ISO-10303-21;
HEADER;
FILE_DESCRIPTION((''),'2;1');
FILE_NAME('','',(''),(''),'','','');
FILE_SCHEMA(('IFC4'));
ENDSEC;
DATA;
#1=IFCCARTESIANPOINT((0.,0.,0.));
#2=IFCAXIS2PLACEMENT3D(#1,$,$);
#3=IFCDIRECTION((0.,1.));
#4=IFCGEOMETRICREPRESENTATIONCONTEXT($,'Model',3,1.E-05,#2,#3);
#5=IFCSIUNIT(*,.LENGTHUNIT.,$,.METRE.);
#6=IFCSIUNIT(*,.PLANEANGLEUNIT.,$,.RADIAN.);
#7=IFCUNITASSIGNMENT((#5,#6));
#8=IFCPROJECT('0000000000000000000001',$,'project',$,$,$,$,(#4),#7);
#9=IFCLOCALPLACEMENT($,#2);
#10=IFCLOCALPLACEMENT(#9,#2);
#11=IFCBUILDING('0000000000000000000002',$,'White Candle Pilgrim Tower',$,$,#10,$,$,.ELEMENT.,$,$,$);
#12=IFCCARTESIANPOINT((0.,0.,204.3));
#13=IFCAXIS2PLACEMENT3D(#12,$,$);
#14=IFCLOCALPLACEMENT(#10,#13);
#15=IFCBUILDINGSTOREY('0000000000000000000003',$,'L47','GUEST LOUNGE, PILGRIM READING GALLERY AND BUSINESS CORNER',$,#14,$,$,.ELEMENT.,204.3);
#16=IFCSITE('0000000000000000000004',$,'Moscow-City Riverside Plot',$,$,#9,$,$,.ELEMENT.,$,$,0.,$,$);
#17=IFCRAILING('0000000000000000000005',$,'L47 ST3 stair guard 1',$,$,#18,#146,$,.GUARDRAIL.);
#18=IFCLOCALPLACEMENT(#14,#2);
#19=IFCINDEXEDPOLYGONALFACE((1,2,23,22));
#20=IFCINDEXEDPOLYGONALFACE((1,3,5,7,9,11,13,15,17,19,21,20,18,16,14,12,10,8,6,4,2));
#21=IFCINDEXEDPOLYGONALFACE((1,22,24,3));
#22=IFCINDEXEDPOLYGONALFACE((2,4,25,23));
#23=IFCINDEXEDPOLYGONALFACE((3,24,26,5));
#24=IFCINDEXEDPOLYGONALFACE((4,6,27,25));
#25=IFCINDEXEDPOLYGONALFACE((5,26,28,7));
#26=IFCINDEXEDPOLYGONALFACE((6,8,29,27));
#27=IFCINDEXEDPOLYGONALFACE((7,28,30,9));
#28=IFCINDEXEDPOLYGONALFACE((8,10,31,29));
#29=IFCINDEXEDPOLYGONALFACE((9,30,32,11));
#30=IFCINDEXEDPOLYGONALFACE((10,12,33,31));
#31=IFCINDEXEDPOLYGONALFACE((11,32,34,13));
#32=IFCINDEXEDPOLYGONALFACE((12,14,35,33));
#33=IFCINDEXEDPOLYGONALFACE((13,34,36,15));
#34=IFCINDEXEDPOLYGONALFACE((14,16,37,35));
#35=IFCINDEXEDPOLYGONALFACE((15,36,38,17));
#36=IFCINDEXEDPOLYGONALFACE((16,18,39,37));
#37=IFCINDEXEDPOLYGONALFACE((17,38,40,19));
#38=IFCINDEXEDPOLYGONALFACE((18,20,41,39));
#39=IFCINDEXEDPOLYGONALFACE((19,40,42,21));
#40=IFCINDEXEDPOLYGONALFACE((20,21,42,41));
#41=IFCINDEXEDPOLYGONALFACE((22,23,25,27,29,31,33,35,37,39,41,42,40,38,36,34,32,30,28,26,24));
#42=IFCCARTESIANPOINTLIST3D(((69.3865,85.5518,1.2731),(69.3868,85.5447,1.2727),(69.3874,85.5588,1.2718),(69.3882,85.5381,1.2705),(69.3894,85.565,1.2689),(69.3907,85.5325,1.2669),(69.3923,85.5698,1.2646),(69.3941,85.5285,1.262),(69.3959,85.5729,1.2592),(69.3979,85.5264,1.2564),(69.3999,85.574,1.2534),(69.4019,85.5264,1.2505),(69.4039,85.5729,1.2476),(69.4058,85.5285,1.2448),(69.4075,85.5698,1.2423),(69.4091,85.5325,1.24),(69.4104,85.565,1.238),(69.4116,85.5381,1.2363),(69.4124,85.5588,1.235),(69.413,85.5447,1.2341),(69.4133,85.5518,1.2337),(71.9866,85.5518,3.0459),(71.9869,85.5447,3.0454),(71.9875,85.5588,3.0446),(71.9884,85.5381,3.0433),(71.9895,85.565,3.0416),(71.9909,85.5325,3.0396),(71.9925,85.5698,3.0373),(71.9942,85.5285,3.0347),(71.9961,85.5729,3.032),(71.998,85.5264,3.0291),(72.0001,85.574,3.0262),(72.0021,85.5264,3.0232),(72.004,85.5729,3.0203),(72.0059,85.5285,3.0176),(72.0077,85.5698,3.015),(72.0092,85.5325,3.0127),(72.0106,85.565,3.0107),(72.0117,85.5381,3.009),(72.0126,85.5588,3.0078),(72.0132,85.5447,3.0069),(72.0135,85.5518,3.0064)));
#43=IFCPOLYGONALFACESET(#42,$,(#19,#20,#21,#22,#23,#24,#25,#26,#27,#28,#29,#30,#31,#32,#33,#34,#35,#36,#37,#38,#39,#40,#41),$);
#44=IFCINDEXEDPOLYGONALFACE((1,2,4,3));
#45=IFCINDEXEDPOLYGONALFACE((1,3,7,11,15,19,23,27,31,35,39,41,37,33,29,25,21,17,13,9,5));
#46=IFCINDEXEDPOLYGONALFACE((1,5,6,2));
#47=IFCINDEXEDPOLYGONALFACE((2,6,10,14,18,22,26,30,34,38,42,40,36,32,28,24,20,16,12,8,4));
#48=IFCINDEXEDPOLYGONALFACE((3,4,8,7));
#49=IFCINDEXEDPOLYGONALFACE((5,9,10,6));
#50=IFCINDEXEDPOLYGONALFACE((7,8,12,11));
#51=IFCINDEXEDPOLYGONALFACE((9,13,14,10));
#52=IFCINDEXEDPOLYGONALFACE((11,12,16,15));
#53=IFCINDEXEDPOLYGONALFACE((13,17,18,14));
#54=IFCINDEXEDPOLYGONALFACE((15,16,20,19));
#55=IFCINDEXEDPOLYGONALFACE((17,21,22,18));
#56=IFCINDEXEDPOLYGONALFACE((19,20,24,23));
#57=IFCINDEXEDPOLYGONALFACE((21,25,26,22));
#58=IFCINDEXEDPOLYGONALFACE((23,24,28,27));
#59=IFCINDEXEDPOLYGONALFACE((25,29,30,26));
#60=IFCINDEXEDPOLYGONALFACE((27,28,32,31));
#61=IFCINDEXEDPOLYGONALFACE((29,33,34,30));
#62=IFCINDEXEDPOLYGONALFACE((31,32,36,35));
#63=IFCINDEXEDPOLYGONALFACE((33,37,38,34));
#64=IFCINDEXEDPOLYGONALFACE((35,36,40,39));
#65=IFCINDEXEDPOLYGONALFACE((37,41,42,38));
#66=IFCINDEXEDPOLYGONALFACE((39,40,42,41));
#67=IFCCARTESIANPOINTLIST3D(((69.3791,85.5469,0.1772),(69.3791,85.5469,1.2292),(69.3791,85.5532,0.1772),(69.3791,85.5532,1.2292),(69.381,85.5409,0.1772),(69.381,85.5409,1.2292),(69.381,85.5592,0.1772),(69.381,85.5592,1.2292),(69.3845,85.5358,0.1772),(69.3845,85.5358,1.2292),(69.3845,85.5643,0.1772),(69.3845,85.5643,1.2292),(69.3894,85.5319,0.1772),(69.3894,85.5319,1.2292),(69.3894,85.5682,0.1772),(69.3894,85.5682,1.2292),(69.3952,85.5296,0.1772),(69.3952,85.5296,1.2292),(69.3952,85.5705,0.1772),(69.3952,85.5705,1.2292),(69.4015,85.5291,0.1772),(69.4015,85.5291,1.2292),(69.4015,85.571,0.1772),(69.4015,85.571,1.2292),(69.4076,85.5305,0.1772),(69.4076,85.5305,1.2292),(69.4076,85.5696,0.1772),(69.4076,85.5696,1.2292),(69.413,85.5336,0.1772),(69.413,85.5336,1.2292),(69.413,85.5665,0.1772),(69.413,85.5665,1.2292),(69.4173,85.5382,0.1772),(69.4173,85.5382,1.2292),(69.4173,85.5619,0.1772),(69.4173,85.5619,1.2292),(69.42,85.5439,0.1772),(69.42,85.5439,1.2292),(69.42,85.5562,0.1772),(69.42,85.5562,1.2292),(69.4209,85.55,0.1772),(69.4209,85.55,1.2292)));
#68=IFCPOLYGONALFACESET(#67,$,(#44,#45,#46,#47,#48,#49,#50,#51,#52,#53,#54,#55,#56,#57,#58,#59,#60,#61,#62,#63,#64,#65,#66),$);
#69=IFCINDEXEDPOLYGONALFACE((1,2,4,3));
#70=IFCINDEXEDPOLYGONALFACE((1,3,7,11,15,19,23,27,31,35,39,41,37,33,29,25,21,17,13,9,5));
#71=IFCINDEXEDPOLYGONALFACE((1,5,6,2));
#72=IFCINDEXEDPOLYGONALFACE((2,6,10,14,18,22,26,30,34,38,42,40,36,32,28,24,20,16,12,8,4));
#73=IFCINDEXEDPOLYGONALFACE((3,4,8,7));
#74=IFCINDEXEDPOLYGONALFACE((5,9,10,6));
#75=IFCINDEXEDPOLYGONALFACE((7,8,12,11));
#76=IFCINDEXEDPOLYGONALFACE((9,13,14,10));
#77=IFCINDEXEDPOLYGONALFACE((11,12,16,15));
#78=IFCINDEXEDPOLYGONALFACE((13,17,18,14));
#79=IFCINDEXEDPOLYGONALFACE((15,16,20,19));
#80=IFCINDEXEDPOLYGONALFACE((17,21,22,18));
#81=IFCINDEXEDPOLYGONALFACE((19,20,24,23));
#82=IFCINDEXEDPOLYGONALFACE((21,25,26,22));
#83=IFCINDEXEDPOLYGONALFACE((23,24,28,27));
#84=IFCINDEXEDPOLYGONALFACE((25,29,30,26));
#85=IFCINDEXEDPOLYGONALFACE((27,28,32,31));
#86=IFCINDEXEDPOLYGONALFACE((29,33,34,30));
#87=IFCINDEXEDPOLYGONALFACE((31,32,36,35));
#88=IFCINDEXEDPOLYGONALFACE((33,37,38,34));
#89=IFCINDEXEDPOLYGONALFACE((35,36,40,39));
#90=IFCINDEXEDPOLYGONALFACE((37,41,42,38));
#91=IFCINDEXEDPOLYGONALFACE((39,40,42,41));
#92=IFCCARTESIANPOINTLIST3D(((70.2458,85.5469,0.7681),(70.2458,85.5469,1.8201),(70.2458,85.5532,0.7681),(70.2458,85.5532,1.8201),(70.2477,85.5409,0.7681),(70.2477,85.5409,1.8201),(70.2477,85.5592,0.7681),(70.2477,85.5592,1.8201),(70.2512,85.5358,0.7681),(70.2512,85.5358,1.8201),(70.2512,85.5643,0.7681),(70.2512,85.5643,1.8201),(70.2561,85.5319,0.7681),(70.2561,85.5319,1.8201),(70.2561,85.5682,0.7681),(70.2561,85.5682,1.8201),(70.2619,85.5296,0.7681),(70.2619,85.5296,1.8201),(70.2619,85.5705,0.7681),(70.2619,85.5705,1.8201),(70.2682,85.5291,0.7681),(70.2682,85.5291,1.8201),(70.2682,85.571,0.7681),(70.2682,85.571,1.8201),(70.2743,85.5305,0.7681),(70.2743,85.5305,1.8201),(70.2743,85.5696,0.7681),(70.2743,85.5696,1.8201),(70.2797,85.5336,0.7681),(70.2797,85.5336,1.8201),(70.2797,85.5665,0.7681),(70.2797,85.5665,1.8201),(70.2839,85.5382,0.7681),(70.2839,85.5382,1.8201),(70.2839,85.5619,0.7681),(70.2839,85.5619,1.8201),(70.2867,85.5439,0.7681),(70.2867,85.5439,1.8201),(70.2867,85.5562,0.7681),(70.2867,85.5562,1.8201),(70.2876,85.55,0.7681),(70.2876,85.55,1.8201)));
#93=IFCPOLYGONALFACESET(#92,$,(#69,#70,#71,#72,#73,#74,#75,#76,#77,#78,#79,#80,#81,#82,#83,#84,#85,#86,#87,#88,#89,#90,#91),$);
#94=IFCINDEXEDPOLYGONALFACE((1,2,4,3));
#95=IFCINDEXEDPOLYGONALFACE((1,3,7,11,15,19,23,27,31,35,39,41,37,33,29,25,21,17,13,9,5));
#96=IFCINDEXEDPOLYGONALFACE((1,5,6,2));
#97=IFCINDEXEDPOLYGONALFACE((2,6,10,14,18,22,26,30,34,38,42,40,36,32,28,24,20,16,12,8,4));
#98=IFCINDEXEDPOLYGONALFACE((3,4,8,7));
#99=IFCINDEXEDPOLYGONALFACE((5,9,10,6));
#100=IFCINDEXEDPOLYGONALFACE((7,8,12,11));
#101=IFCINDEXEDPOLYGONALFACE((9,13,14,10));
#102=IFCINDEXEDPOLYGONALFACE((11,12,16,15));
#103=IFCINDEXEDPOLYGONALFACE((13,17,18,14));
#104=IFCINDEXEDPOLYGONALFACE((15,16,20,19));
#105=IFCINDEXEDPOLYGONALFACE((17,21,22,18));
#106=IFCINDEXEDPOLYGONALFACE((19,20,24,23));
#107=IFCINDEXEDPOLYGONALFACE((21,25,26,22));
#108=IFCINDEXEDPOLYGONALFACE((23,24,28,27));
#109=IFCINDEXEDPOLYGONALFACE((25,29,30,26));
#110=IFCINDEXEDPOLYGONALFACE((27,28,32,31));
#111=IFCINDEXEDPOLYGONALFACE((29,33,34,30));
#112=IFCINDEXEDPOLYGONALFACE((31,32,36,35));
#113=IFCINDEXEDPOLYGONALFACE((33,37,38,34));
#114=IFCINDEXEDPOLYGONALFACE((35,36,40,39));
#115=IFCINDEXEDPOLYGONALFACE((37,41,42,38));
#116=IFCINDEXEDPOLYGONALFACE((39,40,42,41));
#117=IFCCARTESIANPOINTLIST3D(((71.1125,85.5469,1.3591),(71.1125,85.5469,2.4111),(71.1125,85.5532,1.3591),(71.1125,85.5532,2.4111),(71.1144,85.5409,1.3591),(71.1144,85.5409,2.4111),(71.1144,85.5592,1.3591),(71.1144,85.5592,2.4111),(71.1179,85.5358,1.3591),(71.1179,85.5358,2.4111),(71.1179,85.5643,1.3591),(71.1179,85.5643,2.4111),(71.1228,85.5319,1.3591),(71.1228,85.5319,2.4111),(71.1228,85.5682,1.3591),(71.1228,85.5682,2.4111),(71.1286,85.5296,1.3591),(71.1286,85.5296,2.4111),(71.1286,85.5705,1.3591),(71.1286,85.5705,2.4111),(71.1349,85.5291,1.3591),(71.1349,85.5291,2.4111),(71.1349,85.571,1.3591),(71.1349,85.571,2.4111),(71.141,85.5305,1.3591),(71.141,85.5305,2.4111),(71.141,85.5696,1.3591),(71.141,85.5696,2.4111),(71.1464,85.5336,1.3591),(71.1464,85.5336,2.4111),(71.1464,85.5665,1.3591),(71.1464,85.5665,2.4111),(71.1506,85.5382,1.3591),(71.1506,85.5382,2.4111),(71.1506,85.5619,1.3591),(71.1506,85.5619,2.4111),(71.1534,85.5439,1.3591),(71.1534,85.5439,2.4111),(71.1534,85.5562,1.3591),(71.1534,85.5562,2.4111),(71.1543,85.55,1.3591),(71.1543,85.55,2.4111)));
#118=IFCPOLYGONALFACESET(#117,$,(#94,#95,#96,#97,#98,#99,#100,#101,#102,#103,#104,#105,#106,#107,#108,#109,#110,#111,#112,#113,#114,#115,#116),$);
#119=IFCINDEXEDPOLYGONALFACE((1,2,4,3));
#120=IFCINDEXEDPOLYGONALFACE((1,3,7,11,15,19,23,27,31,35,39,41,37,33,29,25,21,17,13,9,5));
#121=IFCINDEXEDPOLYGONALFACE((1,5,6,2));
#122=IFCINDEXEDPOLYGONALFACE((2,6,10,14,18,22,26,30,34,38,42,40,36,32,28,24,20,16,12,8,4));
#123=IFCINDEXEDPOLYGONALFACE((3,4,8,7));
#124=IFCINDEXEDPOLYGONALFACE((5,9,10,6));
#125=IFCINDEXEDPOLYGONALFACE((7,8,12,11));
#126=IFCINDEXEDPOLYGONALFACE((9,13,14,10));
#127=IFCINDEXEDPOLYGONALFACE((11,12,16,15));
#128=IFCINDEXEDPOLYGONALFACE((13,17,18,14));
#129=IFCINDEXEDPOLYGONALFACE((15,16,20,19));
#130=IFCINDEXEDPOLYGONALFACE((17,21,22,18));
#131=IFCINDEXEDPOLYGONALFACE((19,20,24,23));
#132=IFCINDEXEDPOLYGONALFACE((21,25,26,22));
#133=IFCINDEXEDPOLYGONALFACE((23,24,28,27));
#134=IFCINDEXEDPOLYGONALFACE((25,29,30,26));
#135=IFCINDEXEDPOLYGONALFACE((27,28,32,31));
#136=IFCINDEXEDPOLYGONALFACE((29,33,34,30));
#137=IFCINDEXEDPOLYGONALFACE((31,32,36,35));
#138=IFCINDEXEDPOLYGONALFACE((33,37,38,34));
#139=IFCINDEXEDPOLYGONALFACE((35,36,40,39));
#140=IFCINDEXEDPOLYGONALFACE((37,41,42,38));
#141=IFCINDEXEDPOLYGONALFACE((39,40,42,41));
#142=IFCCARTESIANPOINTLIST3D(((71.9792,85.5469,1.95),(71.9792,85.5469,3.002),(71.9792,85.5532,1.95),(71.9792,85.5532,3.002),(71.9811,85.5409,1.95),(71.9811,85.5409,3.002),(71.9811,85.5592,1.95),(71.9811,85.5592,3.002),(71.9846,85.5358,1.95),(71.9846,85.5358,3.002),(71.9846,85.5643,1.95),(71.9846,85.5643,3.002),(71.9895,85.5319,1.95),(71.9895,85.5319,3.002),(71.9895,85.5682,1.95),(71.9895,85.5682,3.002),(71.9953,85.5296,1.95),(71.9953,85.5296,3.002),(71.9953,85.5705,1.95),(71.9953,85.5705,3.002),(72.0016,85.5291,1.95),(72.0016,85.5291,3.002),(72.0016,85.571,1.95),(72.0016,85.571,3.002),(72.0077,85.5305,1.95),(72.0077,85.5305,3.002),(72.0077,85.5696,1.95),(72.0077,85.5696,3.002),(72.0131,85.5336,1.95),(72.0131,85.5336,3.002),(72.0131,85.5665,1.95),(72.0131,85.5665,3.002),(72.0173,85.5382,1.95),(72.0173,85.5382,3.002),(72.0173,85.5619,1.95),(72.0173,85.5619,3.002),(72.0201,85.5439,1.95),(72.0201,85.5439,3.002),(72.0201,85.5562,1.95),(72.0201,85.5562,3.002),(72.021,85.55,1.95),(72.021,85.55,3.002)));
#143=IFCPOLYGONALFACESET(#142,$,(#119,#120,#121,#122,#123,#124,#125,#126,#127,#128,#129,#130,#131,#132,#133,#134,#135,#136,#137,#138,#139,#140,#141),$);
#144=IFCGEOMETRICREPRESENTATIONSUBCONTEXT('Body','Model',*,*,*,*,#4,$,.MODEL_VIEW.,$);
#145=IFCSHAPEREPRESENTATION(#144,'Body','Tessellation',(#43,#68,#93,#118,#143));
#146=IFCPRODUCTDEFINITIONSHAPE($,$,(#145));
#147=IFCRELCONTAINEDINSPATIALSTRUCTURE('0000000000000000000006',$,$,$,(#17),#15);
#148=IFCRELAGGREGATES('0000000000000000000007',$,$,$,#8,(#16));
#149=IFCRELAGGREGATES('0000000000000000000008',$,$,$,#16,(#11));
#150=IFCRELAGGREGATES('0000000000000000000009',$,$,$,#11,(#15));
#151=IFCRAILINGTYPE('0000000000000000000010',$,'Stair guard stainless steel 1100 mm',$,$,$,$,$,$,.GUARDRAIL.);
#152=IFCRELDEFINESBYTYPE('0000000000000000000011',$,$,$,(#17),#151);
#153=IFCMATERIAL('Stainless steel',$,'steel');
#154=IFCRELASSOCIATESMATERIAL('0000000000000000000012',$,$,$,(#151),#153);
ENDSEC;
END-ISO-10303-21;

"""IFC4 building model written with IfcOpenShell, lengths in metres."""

from ifc_helpers import new_model, si_unit, direction, frame, origin, origin_2d, place, context, subcontext, project, spatial, circle, extrude, material, type_object, element, save


model = new_model("IFC4")

# Units and contexts
model_context = context("Model", 3, precision=1e-05, world=origin(), true_north=direction((0.0, 1.0)))
body_context = subcontext(model_context, "Body", "Model", "MODEL_VIEW")
ifc_project = project(units=[si_unit("LENGTHUNIT", "METRE"), si_unit("PLANEANGLEUNIT", "RADIAN")], contexts=[model_context])

# Site, building, storey
site_placement = place(None, origin())
site = spatial("IfcSite", under=ifc_project, at=site_placement, Name="Moscow-City Riverside Plot", CompositionType="ELEMENT", RefElevation=0.0)
building_placement = place(site_placement, origin())
building = spatial("IfcBuilding", under=site, at=building_placement, Name="White Candle Pilgrim Tower", CompositionType="ELEMENT")
storey_placement = place(building_placement, frame((0.0, 0.0, 204.3)))
storey = spatial("IfcBuildingStorey", under=building, at=storey_placement, Name="L47", Description="GUEST LOUNGE, PILGRIM READING GALLERY AND BUSINESS CORNER", CompositionType="ELEMENT", Elevation=204.3)

# Shared definitions
ifc_material_1 = material(Name="Stainless steel", Category="steel")

# Railing
railing_type_1 = type_object("IfcRailingType", Name="Stair guard stainless steel 1100 mm", PredefinedType="GUARDRAIL", material=ifc_material_1)
railing_1_placement = place(storey_placement, frame((69.3999, 85.55, 0.1772)))
element("IfcRailing", 1, at=railing_1_placement, inside=storey, type_object=railing_type_1, Name="L47 ST3 stair guard 1", PredefinedType="GUARDRAIL", context=body_context, shape_type="SweptSolid", body=[
    extrude(circle(Radius=0.0239, at=origin_2d()), frame((0.0, 0.0, 1.0762), z_axis=(0.82624, 0.0, 0.563318), x_axis=(0.0, 1.0, 0.0)), (0.0, 0.0, 1.0), 3.147),
    extrude(circle(Radius=0.021, at=origin_2d()), origin(), (0.0, 0.0, 1.0), 1.052),
    extrude(circle(Radius=0.021, at=origin_2d()), frame((0.8667, 0.0, 0.5908)), (0.0, 0.0, 1.0), 1.052),
    extrude(circle(Radius=0.021, at=origin_2d()), frame((1.7334, 0.0, 1.1819)), (0.0, 0.0, 1.0), 1.052),
    extrude(circle(Radius=0.021, at=origin_2d()), frame((2.6001, 0.0, 1.7727)), (0.0, 0.0, 1.0), 1.052),
])

save(model, "model.ifc")
